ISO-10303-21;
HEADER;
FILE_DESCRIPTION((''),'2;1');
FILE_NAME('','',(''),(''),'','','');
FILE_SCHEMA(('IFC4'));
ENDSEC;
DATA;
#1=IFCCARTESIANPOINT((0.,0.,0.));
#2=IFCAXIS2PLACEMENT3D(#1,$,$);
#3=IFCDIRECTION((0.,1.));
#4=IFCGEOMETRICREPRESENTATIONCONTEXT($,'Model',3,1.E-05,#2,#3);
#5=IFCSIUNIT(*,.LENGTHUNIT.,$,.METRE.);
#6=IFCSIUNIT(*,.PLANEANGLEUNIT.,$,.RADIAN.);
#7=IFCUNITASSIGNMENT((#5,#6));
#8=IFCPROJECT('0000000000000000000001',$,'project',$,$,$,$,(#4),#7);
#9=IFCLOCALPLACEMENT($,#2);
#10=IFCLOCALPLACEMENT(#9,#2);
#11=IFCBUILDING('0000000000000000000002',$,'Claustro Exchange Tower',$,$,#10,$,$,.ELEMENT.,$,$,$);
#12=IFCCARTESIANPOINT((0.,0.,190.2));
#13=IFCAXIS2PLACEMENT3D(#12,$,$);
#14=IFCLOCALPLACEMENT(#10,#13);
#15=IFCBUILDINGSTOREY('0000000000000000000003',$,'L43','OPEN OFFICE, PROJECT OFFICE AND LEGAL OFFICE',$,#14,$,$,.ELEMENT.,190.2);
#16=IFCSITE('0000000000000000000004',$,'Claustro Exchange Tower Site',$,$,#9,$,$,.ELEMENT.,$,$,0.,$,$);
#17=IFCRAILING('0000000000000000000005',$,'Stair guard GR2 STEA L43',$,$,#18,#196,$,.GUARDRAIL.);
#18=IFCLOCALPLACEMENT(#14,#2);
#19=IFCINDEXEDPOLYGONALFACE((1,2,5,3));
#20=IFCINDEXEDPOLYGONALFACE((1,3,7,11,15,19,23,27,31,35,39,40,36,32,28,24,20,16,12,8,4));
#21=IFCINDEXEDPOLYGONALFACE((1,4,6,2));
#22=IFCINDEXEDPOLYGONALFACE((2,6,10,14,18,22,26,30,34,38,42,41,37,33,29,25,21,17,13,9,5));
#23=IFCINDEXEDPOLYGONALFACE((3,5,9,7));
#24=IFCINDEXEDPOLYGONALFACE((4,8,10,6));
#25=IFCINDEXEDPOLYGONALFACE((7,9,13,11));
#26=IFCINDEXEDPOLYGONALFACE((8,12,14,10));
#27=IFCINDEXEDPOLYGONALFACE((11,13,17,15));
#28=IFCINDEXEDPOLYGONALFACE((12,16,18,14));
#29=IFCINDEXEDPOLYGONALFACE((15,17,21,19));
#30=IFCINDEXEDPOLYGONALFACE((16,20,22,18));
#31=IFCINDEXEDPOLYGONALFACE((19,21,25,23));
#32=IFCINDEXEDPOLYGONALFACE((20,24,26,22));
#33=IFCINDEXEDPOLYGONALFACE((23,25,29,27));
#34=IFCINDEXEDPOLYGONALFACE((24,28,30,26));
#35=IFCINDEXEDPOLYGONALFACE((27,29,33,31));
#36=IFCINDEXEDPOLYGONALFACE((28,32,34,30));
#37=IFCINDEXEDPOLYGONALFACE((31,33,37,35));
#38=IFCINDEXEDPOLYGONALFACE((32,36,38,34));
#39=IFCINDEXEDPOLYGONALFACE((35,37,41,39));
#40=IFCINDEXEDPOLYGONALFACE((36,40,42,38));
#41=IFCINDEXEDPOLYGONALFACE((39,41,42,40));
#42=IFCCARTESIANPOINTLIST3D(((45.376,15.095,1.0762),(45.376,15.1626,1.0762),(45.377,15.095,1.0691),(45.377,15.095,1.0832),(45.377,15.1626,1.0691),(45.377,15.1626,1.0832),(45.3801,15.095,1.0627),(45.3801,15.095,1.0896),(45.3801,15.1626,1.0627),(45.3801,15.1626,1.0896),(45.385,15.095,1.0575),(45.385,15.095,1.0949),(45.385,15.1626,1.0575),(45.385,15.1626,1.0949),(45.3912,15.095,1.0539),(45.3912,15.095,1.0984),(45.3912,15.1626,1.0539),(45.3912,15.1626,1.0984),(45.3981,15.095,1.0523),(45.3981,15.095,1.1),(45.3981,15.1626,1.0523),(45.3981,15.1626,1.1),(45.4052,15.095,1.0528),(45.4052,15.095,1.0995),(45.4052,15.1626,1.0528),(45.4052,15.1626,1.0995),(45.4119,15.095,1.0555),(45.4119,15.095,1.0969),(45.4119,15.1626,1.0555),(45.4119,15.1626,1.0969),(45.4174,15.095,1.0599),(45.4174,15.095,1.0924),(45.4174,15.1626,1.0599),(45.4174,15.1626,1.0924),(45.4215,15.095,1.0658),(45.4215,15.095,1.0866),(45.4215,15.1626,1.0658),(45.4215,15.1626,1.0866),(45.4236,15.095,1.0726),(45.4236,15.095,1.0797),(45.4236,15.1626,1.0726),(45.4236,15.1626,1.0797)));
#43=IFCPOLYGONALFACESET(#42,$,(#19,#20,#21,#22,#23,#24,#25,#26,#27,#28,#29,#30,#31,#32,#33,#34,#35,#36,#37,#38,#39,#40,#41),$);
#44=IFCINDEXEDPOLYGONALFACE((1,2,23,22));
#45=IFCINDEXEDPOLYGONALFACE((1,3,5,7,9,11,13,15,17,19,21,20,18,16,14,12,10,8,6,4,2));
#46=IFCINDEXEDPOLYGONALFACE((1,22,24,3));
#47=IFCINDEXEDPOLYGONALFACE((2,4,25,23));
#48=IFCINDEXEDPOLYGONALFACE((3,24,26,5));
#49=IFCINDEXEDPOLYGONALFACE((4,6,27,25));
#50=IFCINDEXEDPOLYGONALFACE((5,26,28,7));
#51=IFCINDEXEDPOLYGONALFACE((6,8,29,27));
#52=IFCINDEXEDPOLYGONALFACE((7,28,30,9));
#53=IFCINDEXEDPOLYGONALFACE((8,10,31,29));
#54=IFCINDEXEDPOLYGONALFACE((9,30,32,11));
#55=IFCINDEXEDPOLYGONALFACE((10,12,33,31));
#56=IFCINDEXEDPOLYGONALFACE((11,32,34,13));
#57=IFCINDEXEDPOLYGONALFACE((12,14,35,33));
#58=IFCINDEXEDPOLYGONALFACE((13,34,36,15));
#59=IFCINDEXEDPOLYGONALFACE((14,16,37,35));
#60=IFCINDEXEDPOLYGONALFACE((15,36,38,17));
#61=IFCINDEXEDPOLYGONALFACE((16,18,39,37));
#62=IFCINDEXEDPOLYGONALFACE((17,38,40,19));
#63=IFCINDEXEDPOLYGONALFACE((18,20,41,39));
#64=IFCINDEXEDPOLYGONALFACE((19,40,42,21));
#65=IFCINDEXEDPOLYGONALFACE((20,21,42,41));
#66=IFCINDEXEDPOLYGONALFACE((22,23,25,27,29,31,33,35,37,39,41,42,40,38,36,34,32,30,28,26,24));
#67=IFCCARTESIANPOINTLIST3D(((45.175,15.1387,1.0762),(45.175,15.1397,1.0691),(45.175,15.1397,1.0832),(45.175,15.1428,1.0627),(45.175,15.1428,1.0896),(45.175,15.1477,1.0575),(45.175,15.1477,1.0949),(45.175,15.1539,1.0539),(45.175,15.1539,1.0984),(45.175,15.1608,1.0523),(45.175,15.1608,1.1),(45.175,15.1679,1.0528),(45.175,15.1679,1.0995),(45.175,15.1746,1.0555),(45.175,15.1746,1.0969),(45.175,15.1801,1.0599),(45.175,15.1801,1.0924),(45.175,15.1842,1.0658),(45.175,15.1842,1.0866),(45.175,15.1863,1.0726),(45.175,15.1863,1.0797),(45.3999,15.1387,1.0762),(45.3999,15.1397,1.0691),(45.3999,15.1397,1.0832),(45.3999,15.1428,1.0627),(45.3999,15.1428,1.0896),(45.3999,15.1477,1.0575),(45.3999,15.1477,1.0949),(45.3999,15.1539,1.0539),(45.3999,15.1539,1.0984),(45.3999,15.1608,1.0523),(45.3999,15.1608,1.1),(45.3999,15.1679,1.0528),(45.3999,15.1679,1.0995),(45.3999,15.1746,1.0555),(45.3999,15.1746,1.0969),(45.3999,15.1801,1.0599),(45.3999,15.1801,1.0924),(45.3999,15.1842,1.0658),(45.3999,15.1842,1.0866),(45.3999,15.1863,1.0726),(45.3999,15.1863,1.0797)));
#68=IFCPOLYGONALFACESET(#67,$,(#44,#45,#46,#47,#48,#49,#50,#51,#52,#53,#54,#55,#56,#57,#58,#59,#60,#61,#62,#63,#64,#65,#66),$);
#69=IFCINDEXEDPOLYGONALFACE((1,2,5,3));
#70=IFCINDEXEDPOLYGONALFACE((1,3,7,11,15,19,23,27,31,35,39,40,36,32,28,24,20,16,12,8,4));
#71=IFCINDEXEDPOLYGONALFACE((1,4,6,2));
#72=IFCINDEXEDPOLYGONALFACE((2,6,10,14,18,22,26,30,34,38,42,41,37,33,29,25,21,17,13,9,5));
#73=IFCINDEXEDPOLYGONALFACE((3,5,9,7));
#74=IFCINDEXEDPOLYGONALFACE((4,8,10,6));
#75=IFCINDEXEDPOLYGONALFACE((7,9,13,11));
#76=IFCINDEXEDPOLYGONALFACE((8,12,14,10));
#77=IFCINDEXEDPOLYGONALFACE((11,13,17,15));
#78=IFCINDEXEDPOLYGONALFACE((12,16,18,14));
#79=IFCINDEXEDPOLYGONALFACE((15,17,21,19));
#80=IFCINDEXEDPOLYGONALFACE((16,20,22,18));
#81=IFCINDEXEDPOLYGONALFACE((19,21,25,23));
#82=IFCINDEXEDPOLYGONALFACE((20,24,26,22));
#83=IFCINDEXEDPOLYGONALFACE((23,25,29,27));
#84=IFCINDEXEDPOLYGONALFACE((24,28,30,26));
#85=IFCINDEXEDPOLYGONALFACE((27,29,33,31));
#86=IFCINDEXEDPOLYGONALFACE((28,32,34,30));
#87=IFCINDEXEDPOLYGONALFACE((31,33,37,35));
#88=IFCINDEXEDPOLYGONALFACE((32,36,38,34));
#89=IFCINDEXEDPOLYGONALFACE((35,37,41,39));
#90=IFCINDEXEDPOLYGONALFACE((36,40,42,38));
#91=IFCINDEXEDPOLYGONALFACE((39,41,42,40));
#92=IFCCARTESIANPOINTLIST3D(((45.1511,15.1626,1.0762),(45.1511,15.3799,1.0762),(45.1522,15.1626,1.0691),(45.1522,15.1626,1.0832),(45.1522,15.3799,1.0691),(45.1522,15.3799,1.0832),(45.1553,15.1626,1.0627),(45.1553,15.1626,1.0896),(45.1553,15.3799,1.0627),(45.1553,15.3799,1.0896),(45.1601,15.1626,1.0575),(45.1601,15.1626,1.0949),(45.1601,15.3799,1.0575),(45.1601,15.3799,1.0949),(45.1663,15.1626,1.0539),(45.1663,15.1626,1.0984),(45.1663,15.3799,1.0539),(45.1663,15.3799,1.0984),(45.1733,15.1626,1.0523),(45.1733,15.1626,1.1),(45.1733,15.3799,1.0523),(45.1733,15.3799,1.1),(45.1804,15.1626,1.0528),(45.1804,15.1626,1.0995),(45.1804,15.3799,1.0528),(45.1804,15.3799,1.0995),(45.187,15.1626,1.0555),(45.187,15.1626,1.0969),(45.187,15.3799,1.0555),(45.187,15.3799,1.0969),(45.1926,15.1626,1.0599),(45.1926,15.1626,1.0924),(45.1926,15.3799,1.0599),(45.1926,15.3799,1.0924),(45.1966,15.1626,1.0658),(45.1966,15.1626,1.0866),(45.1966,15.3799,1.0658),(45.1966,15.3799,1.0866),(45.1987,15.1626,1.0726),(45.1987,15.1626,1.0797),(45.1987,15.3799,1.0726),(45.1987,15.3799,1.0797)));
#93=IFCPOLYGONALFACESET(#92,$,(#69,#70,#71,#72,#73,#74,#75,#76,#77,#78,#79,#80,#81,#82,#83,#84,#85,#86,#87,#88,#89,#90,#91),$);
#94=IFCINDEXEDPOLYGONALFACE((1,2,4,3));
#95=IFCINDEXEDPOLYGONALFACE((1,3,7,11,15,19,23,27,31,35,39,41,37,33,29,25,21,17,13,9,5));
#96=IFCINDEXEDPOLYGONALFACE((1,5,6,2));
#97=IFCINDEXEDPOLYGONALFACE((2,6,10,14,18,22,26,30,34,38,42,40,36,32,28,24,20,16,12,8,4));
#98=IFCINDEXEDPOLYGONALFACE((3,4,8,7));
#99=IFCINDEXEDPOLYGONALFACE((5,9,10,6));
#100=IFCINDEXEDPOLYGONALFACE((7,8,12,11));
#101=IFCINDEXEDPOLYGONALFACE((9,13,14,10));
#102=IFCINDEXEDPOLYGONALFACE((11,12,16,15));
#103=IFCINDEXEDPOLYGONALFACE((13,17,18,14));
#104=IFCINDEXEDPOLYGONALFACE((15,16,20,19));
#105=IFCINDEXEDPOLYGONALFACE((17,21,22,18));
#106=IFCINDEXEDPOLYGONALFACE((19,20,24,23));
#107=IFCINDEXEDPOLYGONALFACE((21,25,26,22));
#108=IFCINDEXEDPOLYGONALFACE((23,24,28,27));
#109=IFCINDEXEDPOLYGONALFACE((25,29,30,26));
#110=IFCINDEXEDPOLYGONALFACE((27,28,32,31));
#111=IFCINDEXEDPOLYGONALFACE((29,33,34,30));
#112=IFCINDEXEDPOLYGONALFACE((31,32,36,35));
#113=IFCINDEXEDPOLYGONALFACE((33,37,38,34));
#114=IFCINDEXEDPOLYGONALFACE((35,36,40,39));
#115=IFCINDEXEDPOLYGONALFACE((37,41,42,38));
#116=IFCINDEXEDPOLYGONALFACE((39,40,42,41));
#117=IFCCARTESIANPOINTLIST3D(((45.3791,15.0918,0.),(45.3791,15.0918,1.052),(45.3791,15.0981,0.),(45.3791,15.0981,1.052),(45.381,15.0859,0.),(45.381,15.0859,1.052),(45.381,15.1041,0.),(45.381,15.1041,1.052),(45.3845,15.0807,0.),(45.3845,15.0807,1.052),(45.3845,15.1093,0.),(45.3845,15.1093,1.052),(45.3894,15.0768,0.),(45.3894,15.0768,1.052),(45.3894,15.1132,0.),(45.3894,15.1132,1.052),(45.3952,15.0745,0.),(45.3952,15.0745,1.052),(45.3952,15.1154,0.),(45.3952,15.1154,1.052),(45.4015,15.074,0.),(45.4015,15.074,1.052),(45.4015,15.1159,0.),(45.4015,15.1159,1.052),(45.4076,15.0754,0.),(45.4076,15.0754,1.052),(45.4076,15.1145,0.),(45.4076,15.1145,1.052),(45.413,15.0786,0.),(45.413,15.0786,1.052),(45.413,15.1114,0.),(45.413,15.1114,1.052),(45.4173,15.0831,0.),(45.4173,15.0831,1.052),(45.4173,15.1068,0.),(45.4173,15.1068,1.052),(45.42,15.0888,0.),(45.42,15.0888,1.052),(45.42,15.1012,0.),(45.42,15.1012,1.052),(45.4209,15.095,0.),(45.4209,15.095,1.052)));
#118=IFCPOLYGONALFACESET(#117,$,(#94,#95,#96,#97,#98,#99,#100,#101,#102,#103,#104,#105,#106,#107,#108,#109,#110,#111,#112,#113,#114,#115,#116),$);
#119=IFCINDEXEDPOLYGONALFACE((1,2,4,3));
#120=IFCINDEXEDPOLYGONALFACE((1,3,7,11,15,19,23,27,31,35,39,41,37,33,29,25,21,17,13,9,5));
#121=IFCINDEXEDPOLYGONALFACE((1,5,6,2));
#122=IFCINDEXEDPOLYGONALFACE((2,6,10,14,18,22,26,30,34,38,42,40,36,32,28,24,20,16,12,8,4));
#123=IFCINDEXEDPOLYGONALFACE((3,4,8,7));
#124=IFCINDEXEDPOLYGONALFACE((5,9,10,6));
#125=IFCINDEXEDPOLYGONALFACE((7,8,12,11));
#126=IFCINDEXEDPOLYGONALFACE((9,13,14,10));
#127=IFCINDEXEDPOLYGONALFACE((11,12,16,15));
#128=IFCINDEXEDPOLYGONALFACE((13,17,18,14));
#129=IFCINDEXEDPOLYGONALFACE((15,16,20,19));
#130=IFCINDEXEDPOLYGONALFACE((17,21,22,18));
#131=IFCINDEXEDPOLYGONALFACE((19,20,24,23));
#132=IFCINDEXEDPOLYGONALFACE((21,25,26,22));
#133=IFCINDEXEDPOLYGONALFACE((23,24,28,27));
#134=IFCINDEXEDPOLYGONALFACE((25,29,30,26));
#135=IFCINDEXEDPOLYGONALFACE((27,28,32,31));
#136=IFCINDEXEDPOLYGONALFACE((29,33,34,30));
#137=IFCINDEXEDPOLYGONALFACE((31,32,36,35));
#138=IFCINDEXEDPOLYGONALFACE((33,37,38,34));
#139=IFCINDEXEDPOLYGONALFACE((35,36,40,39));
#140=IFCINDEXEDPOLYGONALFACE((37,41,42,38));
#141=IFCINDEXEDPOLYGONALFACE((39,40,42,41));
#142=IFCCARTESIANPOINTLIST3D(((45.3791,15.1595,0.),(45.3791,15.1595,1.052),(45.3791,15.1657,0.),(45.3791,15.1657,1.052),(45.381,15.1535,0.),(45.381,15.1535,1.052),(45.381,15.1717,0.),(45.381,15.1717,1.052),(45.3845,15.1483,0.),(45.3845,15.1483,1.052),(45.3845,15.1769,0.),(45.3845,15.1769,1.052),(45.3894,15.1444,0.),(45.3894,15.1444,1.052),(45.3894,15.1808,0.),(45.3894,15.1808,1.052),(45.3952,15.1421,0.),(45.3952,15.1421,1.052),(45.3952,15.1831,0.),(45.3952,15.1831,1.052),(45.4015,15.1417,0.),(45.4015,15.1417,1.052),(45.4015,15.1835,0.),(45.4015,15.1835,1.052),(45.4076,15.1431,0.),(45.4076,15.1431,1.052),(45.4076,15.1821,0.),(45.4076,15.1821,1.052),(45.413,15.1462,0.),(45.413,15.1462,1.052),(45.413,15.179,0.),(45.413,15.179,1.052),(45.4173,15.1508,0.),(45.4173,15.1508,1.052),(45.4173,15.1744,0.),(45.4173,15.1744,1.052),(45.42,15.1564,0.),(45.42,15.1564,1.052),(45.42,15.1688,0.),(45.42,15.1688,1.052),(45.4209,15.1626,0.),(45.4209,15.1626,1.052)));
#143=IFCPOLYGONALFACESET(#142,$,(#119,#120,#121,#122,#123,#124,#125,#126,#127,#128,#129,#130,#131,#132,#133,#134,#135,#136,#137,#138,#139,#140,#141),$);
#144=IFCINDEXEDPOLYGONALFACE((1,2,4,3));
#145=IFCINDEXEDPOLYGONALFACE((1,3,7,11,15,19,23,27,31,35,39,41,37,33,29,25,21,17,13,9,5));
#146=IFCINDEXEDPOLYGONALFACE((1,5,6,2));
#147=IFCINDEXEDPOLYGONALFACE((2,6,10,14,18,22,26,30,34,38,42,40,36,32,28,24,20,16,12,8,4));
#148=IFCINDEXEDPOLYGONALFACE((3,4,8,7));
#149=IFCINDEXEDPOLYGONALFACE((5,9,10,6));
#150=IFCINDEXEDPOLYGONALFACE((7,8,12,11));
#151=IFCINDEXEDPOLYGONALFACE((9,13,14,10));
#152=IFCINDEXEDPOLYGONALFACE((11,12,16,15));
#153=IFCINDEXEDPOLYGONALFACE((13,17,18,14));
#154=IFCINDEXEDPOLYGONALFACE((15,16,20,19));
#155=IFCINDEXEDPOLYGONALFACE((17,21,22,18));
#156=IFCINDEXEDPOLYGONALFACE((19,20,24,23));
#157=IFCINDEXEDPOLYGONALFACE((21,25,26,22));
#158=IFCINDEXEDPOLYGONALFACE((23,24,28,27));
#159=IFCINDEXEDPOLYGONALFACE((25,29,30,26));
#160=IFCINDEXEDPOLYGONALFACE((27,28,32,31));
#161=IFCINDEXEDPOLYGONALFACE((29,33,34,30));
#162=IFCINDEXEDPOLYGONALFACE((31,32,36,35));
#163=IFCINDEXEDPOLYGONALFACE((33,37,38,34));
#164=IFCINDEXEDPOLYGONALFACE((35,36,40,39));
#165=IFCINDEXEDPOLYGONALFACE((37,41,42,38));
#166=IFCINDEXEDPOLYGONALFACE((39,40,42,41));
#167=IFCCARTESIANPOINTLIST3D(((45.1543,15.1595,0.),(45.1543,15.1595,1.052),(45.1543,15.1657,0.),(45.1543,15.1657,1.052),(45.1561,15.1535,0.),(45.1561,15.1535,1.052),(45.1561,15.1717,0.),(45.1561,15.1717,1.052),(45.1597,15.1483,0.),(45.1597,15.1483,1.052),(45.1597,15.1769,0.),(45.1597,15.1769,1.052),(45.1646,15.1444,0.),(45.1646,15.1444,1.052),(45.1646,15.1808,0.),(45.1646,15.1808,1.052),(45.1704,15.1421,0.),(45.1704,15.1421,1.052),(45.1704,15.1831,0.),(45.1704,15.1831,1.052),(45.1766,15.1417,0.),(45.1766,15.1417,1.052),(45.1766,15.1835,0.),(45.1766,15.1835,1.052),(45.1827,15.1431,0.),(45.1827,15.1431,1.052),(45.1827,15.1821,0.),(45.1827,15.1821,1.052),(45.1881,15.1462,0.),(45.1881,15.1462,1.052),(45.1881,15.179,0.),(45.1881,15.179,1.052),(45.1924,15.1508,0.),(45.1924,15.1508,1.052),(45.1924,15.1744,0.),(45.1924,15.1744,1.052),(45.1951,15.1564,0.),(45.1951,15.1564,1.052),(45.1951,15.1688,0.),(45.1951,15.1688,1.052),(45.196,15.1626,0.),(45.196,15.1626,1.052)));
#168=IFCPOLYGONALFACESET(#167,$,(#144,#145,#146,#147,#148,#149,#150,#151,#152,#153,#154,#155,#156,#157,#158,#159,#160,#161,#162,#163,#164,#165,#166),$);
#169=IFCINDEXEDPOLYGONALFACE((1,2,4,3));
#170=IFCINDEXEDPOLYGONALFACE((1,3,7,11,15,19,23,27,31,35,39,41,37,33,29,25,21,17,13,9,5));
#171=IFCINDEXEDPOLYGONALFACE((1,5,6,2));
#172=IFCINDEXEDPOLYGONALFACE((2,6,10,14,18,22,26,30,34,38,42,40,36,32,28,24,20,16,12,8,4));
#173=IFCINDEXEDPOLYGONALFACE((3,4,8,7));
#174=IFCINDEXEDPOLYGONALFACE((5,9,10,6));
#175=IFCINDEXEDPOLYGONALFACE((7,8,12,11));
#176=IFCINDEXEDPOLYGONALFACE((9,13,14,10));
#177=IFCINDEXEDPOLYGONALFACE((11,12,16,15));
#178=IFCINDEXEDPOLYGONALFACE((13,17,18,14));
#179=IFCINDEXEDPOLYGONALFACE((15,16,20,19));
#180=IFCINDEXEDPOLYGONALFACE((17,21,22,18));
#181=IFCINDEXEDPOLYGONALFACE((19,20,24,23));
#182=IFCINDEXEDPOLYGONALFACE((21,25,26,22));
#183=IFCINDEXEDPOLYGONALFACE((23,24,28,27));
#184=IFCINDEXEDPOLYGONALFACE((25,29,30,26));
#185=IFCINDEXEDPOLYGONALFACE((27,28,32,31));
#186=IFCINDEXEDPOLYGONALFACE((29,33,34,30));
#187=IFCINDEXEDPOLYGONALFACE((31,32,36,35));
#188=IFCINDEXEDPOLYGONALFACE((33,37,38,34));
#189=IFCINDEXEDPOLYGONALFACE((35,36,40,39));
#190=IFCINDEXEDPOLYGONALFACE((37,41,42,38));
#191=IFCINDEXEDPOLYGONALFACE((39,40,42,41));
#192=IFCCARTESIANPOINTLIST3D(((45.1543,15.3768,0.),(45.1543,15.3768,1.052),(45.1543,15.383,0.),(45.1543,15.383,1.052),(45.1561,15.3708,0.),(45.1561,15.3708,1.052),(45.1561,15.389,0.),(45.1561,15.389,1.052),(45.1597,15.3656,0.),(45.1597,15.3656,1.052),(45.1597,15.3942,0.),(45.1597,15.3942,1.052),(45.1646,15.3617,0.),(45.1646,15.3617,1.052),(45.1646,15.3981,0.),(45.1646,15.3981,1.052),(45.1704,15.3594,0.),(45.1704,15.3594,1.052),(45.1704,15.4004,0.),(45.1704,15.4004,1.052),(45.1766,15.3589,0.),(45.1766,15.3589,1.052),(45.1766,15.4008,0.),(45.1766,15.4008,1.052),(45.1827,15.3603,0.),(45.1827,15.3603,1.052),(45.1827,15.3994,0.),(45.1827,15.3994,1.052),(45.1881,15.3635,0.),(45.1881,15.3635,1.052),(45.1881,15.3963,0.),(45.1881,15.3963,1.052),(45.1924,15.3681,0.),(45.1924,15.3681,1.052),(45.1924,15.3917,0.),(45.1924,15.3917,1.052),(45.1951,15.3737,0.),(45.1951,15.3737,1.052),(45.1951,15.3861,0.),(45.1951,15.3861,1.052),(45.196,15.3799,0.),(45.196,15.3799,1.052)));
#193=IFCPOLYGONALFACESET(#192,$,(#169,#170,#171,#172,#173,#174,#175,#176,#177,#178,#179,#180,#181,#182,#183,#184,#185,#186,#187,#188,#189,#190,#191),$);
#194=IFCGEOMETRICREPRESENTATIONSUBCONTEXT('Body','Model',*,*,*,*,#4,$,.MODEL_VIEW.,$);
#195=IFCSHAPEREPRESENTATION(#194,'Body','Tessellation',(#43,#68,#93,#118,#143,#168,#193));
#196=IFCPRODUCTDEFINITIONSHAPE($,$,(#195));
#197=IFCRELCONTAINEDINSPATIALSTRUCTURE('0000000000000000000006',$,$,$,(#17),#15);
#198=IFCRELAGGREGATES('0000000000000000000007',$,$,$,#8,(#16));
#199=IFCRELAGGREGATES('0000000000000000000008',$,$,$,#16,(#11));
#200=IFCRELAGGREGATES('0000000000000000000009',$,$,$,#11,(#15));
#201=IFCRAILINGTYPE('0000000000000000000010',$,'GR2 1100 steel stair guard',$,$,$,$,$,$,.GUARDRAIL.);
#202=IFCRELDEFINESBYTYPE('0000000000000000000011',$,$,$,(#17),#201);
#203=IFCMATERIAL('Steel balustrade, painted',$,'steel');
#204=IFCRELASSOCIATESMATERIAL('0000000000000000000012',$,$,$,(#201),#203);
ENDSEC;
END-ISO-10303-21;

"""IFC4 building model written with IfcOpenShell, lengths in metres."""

from ifc_helpers import new_model, si_unit, direction, frame, origin, origin_2d, place, context, subcontext, project, spatial, circle, extrude, material, type_object, element, save


model = new_model("IFC4")

# Units and contexts
model_context = context("Model", 3, precision=1e-05, world=origin(), true_north=direction((0.0, 1.0)))
body_context = subcontext(model_context, "Body", "Model", "MODEL_VIEW")
ifc_project = project(units=[si_unit("LENGTHUNIT", "METRE"), si_unit("PLANEANGLEUNIT", "RADIAN")], contexts=[model_context])

# Site, building, storey
site_placement = place(None, origin())
site = spatial("IfcSite", under=ifc_project, at=site_placement, Name="Claustro Exchange Tower Site", CompositionType="ELEMENT", RefElevation=0.0)
building_placement = place(site_placement, origin())
building = spatial("IfcBuilding", under=site, at=building_placement, Name="Claustro Exchange Tower", CompositionType="ELEMENT")
storey_placement = place(building_placement, frame((0.0, 0.0, 190.2)))
storey = spatial("IfcBuildingStorey", under=building, at=storey_placement, Name="L43", Description="OPEN OFFICE, PROJECT OFFICE AND LEGAL OFFICE", CompositionType="ELEMENT", Elevation=190.2)

# Railing
ifc_material_1 = material(Name="Steel balustrade, painted", Category="steel")
railing_type_1 = type_object("IfcRailingType", Name="GR2 1100 steel stair guard", PredefinedType="GUARDRAIL", material=ifc_material_1)
railing_1_placement = place(storey_placement, frame((45.3999, 15.095, 0.0)))
element("IfcRailing", 1, at=railing_1_placement, inside=storey, type_object=railing_type_1, Name="Stair guard GR2 STEA L43", PredefinedType="GUARDRAIL", context=body_context, shape_type="SweptSolid", body=[
    extrude(circle(Radius=0.0239, at=origin_2d()), frame((0.0, 0.0, 1.0762), z_axis=(0.0, 1.0, 0.0), x_axis=(-1.0, 0.0, 0.0)), (0.0, 0.0, 1.0), 0.0676),
    extrude(circle(Radius=0.0239, at=origin_2d()), frame((0.0, 0.0676, 1.0762), z_axis=(-1.0, 0.0, 0.0), x_axis=(0.0, -1.0, 0.0)), (0.0, 0.0, 1.0), 0.2249),
    extrude(circle(Radius=0.0239, at=origin_2d()), frame((-0.2249, 0.0676, 1.0762), z_axis=(0.0, 1.0, 0.0), x_axis=(-1.0, 0.0, 0.0)), (0.0, 0.0, 1.0), 0.2173),
    extrude(circle(Radius=0.021, at=origin_2d()), origin(), (0.0, 0.0, 1.0), 1.052),
    extrude(circle(Radius=0.021, at=origin_2d()), frame((0.0, 0.0676, 0.0)), (0.0, 0.0, 1.0), 1.052),
    extrude(circle(Radius=0.021, at=origin_2d()), frame((-0.2249, 0.0676, 0.0)), (0.0, 0.0, 1.0), 1.052),
    extrude(circle(Radius=0.021, at=origin_2d()), frame((-0.2249, 0.2849, 0.0)), (0.0, 0.0, 1.0), 1.052),
])

save(model, "model.ifc")
